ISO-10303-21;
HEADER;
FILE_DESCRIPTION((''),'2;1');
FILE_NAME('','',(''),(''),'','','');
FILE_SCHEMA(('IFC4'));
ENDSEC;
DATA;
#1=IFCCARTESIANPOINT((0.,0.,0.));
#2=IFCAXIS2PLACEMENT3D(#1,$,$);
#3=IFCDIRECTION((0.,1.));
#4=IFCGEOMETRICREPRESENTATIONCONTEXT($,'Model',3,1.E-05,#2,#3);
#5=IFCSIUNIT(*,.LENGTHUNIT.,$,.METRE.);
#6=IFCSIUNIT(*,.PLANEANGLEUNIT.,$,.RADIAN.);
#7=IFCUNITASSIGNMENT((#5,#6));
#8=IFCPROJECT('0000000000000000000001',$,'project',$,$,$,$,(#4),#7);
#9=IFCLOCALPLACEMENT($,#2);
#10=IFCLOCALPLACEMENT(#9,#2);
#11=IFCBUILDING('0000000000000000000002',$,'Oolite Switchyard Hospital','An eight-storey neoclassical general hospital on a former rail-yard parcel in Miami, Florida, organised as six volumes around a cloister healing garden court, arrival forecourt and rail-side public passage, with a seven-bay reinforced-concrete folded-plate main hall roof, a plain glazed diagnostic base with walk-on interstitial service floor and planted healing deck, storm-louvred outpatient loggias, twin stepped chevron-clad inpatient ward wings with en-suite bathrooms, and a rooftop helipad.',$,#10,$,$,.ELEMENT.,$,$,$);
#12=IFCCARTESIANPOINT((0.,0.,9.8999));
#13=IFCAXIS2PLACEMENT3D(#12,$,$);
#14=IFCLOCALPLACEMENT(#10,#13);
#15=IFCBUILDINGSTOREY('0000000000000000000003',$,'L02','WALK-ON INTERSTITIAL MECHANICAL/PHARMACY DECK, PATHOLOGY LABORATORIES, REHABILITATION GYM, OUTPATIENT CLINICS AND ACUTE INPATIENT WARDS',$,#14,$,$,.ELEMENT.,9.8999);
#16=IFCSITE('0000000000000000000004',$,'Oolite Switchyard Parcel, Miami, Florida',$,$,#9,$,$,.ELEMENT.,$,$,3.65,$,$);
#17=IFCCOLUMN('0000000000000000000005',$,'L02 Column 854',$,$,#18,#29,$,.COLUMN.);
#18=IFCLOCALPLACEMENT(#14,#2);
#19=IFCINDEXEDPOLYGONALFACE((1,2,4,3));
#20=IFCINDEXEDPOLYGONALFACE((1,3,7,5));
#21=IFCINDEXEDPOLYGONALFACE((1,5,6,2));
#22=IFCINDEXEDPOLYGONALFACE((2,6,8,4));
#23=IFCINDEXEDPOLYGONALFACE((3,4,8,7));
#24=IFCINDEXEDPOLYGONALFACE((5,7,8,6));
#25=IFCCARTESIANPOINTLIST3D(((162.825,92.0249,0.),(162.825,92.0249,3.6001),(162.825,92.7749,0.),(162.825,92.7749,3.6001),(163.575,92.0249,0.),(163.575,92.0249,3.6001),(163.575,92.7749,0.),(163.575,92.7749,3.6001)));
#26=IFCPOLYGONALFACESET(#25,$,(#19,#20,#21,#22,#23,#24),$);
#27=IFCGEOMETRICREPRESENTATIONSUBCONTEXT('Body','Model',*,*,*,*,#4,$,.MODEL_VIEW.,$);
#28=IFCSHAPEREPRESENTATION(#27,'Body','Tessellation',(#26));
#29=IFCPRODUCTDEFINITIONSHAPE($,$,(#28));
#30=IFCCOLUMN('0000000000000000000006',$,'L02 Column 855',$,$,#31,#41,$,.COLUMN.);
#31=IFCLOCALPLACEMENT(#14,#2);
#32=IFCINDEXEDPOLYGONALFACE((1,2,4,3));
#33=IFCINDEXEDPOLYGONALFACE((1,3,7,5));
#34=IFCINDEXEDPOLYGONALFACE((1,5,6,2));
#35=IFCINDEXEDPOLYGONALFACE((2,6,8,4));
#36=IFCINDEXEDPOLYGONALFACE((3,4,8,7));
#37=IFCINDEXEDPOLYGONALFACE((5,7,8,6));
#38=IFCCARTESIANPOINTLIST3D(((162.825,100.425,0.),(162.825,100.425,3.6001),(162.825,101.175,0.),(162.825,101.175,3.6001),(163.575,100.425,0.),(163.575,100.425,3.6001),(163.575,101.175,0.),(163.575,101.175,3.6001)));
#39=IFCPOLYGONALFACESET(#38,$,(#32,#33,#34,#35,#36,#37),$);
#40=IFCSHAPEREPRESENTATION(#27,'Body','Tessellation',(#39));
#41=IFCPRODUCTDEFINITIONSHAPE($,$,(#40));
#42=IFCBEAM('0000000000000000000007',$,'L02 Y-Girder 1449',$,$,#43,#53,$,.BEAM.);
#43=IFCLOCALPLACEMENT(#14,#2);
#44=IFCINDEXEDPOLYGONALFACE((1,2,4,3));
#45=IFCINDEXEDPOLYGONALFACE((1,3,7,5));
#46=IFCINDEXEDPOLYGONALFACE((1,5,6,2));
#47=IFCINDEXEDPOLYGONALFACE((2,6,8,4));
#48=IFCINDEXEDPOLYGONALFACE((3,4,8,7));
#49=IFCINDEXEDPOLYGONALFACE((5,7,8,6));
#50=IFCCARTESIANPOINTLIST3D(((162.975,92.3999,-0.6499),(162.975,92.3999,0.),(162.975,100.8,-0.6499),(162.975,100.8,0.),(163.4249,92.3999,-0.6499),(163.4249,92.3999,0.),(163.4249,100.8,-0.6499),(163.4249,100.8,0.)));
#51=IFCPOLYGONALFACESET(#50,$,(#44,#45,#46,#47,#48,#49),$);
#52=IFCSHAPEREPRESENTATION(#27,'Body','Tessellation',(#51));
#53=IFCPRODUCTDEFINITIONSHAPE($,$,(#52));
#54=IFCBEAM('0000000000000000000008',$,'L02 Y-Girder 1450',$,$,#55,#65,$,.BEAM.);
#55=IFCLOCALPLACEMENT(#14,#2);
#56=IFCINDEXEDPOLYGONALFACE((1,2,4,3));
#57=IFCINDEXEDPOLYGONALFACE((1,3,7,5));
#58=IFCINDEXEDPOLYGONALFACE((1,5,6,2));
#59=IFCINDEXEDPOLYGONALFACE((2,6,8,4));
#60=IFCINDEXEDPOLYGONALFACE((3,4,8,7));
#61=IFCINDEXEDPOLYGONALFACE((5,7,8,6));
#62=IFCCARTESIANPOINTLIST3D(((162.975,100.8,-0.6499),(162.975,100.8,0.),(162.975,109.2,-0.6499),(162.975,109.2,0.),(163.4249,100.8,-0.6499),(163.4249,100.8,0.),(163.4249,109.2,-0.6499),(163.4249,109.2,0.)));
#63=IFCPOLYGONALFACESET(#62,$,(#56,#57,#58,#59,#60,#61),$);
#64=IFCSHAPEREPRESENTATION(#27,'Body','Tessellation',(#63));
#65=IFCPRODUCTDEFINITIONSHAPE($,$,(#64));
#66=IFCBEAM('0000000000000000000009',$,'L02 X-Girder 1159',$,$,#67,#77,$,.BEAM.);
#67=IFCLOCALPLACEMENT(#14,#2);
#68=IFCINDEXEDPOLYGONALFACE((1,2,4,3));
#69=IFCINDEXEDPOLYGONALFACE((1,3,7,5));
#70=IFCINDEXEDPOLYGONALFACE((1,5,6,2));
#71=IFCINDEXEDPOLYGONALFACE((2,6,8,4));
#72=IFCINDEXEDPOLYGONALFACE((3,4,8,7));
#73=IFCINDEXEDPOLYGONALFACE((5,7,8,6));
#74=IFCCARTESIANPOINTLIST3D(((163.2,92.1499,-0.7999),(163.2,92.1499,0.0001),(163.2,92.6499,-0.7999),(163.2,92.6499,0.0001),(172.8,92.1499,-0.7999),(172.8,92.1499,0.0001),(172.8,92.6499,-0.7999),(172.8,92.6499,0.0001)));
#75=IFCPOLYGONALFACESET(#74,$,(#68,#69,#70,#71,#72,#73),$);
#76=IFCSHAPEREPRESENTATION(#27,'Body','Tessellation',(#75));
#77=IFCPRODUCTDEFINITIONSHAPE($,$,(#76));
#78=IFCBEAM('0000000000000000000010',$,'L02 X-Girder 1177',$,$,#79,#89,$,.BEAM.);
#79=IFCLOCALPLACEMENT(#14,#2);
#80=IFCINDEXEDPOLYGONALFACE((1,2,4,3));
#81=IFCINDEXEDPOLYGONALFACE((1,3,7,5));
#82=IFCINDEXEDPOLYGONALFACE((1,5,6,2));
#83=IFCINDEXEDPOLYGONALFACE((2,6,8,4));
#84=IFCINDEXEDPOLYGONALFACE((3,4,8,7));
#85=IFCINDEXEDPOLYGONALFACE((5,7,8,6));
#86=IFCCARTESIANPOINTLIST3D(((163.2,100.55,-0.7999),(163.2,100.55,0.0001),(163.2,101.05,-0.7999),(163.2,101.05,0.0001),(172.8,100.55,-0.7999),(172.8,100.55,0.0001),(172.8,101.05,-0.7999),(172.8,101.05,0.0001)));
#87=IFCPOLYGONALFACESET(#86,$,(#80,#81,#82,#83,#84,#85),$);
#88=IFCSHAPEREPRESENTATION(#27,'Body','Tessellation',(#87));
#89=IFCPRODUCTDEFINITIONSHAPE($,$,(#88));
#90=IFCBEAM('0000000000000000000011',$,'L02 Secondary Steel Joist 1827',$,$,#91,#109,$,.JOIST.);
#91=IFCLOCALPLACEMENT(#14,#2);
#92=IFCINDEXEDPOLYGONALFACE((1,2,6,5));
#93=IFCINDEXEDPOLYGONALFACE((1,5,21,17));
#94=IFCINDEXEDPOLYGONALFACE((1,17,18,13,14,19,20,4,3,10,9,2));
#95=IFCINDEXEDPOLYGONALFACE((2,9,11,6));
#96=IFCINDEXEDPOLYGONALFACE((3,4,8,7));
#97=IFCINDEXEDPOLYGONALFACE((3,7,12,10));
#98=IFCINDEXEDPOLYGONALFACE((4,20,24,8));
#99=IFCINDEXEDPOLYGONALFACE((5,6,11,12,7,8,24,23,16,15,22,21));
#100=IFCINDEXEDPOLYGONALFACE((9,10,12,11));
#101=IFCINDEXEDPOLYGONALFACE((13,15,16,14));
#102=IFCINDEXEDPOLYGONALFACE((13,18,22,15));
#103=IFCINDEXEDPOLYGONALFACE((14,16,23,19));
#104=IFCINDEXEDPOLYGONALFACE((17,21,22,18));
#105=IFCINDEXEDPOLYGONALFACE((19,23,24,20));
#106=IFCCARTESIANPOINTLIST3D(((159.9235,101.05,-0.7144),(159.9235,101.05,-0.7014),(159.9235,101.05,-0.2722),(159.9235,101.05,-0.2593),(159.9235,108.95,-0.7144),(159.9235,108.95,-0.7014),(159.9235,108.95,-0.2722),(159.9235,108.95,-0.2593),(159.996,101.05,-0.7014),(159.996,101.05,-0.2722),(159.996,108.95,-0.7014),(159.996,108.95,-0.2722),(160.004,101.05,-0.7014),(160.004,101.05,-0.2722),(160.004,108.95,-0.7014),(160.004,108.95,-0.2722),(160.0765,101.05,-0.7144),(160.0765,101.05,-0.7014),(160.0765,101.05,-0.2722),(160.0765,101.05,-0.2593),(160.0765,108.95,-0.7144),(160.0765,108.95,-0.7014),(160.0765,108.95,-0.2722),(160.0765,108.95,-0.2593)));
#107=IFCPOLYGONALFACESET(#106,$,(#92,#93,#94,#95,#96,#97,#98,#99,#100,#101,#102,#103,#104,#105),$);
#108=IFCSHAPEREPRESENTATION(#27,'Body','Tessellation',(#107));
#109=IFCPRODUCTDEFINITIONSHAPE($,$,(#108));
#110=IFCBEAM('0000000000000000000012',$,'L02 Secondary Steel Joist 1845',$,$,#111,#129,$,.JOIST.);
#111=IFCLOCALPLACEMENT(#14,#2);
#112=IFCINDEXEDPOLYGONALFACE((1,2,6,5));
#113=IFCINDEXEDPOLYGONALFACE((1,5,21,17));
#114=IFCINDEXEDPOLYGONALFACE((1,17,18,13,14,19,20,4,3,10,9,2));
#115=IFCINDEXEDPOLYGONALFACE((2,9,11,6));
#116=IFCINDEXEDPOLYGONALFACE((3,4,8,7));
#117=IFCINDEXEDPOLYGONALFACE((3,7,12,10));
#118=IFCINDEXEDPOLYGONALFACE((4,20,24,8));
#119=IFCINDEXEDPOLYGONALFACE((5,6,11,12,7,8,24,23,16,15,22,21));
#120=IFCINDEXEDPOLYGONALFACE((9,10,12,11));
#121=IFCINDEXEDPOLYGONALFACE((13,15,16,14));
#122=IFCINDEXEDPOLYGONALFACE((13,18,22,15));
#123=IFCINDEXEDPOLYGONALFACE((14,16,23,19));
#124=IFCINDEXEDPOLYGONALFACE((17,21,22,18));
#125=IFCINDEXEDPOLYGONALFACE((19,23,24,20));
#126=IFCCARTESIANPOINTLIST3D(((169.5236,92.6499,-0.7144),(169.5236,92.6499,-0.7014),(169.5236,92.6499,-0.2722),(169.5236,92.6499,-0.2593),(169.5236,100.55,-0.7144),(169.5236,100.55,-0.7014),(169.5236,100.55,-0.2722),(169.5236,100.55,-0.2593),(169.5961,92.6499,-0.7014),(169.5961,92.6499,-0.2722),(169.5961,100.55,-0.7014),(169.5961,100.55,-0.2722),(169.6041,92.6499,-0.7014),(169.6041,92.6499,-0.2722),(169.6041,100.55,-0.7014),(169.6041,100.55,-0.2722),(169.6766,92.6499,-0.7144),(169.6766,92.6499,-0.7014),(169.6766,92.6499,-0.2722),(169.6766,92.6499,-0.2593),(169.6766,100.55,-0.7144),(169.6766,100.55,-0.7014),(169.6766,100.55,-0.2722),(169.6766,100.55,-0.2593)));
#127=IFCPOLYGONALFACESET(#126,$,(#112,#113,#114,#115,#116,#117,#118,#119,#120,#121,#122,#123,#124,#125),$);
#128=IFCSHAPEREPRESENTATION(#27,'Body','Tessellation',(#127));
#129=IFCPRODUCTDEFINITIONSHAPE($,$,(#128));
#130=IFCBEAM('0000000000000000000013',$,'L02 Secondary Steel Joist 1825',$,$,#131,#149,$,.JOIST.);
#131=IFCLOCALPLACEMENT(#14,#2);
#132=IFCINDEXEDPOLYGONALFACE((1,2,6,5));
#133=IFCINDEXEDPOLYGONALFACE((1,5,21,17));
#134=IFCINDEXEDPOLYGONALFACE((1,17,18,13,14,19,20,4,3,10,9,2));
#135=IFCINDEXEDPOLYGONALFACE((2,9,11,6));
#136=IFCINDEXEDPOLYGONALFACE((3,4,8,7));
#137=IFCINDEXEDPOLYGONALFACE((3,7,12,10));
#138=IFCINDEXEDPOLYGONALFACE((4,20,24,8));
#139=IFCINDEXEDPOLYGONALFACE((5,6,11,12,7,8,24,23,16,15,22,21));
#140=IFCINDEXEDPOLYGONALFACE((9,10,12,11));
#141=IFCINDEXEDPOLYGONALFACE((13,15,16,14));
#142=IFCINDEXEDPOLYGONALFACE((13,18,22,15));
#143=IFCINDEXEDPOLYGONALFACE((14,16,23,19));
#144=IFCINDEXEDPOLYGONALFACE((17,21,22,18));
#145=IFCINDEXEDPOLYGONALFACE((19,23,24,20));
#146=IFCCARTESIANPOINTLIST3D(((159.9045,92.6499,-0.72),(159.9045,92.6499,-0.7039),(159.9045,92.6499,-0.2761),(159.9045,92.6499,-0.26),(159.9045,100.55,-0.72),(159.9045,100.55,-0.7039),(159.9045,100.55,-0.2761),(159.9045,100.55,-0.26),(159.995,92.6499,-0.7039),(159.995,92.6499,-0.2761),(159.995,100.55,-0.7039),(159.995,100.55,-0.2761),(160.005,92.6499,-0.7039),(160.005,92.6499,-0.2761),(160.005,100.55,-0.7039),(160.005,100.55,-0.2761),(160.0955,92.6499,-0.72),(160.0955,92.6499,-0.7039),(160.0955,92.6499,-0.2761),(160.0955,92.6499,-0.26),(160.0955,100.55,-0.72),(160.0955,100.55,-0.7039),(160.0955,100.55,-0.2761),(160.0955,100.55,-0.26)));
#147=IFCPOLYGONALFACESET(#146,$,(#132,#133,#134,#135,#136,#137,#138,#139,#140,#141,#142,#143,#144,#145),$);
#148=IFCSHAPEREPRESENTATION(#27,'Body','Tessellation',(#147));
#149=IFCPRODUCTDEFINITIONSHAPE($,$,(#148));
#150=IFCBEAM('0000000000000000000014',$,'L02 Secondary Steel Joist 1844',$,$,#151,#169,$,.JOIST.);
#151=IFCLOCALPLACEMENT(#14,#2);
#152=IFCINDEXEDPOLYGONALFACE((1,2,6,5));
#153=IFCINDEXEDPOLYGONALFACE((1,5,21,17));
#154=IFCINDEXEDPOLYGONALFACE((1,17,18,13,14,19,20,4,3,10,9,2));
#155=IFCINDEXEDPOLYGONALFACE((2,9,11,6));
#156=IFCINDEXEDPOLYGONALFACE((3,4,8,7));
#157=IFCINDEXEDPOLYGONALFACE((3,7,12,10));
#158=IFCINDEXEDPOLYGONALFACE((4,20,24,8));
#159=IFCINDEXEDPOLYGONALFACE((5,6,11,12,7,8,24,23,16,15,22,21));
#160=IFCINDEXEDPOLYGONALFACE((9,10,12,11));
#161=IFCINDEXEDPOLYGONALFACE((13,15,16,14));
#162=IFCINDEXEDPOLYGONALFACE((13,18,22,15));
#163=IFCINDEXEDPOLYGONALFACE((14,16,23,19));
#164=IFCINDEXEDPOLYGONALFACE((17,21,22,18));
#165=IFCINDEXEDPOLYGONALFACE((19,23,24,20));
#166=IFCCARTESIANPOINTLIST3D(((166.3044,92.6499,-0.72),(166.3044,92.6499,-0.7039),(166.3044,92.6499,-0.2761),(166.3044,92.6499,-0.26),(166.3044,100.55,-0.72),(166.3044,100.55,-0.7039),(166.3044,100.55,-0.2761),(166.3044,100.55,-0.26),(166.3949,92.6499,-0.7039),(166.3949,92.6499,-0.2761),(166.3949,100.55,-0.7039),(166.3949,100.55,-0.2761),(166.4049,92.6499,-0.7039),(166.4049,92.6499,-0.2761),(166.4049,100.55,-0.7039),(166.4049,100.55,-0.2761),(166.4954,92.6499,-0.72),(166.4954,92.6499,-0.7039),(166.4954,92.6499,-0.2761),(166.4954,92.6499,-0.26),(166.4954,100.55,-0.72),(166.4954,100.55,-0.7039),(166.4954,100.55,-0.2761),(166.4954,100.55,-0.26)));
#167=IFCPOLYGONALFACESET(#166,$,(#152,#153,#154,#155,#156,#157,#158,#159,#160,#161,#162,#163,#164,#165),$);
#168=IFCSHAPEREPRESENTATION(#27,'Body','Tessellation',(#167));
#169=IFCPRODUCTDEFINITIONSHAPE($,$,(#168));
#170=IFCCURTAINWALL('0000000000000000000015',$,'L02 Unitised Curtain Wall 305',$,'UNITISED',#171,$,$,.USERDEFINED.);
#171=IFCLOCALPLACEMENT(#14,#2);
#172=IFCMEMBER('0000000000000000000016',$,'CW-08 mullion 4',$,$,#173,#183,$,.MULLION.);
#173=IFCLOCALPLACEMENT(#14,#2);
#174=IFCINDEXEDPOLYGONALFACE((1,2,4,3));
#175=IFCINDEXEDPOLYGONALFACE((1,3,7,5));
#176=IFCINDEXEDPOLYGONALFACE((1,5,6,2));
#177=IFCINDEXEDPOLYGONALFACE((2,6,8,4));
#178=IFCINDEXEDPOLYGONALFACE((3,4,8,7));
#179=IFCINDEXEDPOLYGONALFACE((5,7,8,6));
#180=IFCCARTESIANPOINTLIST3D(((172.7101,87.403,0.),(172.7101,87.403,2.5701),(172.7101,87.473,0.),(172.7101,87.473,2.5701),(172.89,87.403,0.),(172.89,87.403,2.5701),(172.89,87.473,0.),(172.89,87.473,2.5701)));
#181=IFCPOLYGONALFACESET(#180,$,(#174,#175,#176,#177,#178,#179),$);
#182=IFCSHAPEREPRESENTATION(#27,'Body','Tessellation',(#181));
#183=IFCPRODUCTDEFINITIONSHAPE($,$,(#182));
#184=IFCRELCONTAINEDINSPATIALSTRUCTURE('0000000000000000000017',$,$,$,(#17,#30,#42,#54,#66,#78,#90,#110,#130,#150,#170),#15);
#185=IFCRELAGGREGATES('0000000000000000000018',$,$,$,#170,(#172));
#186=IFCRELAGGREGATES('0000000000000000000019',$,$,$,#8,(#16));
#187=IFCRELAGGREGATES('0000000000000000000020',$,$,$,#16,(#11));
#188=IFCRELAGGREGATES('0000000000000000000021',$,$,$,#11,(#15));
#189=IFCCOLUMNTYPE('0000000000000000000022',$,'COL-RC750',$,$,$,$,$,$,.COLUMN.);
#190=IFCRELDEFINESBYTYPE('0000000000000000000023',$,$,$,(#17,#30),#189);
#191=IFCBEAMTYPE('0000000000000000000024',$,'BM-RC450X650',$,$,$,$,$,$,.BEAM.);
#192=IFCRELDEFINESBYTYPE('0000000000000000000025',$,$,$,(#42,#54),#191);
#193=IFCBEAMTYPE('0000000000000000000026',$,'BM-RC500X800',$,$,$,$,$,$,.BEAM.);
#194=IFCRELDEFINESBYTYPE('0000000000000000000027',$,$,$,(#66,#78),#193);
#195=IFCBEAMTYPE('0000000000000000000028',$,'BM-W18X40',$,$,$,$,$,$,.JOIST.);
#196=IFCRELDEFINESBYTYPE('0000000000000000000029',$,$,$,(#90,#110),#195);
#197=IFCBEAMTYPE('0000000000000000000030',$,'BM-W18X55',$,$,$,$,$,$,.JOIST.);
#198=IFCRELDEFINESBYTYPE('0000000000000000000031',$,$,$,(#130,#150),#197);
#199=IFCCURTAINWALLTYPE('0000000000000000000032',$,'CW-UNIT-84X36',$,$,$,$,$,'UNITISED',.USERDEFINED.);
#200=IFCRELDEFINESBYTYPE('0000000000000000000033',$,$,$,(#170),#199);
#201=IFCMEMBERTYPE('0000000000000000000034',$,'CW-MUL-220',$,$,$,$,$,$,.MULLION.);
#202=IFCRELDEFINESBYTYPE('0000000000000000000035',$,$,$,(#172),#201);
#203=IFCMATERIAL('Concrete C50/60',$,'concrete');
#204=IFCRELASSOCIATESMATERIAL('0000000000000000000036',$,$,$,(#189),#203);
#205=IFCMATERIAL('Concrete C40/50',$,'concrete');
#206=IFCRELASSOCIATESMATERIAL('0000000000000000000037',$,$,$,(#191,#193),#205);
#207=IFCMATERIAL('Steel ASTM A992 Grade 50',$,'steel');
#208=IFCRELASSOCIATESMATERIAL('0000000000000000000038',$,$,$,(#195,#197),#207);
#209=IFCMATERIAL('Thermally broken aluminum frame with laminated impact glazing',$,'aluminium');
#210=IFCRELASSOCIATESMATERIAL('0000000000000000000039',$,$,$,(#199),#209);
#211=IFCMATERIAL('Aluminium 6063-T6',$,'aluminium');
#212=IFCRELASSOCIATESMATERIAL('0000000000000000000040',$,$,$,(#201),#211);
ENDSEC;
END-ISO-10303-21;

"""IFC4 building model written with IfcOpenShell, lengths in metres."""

from ifc_helpers import new_model, si_unit, direction, frame, origin, origin_2d, place, context, subcontext, project, spatial, rectangle, i_section, extrude, material, material_profile, profile_set, type_object, element, aggregate, save


model = new_model("IFC4")

# Units and contexts
model_context = context("Model", 3, precision=1e-05, world=origin(), true_north=direction((0.0, 1.0)))
body_context = subcontext(model_context, "Body", "Model", "MODEL_VIEW")
ifc_project = project(units=[si_unit("LENGTHUNIT", "METRE"), si_unit("PLANEANGLEUNIT", "RADIAN")], contexts=[model_context])

# Site, building, storey
site_placement = place(None, origin())
site = spatial("IfcSite", under=ifc_project, at=site_placement, Name="Oolite Switchyard Parcel, Miami, Florida", CompositionType="ELEMENT", RefElevation=3.65)
building_placement = place(site_placement, origin())
building = spatial("IfcBuilding", under=site, at=building_placement, Name="Oolite Switchyard Hospital", Description="An eight-storey neoclassical general hospital on a former rail-yard parcel in Miami, Florida, organised as six volumes around a cloister healing garden court, arrival forecourt and rail-side public passage, with a seven-bay reinforced-concrete folded-plate main hall roof, a plain glazed diagnostic base with walk-on interstitial service floor and planted healing deck, storm-louvred outpatient loggias, twin stepped chevron-clad inpatient ward wings with en-suite bathrooms, and a rooftop helipad.", CompositionType="ELEMENT")
storey_placement = place(building_placement, frame((0.0, 0.0, 9.8999)))
storey = spatial("IfcBuildingStorey", under=building, at=storey_placement, Name="L02", Description="WALK-ON INTERSTITIAL MECHANICAL/PHARMACY DECK, PATHOLOGY LABORATORIES, REHABILITATION GYM, OUTPATIENT CLINICS AND ACUTE INPATIENT WARDS", CompositionType="ELEMENT", Elevation=9.8999)

# Columns
ifc_material_1 = material(Name="Concrete C50/60", Category="concrete")
ifc_material_profile_1 = material_profile(ifc_material_1, rectangle(XDim=0.75, YDim=0.75, at=origin_2d()), Name="RC750X750")
ifc_profile_set_1 = profile_set([ifc_material_profile_1], Name="Concrete C50/60")
column_type = type_object("IfcColumnType", Name="COL-RC750", PredefinedType="COLUMN", material=ifc_profile_set_1)
for number, where, z_axis, x_axis, name in (
    (1, (163.2, 92.3999, 0.0), (0.0, 0.0, 1.0), (1.0, 0.0, 0.0), "L02 Column 854"),
    (2, (163.2, 100.8, 0.0), (0.0, 0.0, 1.0), (1.0, 0.0, 0.0), "L02 Column 855"),
):
    element("IfcColumn", number, at=place(storey_placement, frame(where, z_axis=z_axis, x_axis=x_axis)), inside=storey, type_object=column_type, Name=name, PredefinedType="COLUMN", context=body_context, shape_type="SweptSolid", body=[
        extrude(rectangle(XDim=0.75, YDim=0.75, at=origin_2d()), origin(), (0.0, 0.0, 1.0), 3.6001),
    ])

# Beams
ifc_material_2 = material(Name="Concrete C40/50", Category="concrete")
ifc_material_profile_2 = material_profile(ifc_material_2, rectangle(XDim=0.45, YDim=0.6499, at=origin_2d()), Name="RCB450X650")
ifc_profile_set_2 = profile_set([ifc_material_profile_2], Name="Concrete C40/50")
beam_type_1 = type_object("IfcBeamType", Name="BM-RC450X650", PredefinedType="BEAM", material=ifc_profile_set_2)
beam_1_placement = place(storey_placement, frame((163.2, 92.3999, -0.325), z_axis=(0.0, 1.0, 0.0), x_axis=(-1.0, 0.0, 0.0)))
element("IfcBeam", 3, at=beam_1_placement, inside=storey, type_object=beam_type_1, Name="L02 Y-Girder 1449", PredefinedType="BEAM", context=body_context, shape_type="SweptSolid", body=[
    extrude(rectangle(XDim=0.45, YDim=0.6499, at=origin_2d()), origin(), (0.0, 0.0, 1.0), 8.4001),
])
beam_2_placement = place(storey_placement, frame((163.2, 100.8, -0.325), z_axis=(0.0, 1.0, 0.0), x_axis=(-1.0, 0.0, 0.0)))
element("IfcBeam", 4, at=beam_2_placement, inside=storey, type_object=beam_type_1, Name="L02 Y-Girder 1450", PredefinedType="BEAM", context=body_context, shape_type="SweptSolid", body=[
    extrude(rectangle(XDim=0.45, YDim=0.6499, at=origin_2d()), origin(), (0.0, 0.0, 1.0), 8.3999),
])
ifc_material_profile_3 = material_profile(ifc_material_2, rectangle(XDim=0.5, YDim=0.8, at=origin_2d()), Name="RCB500X800")
ifc_profile_set_3 = profile_set([ifc_material_profile_3], Name="Concrete C40/50")
beam_type_2 = type_object("IfcBeamType", Name="BM-RC500X800", PredefinedType="BEAM", material=ifc_profile_set_3)
for number, where, z_axis, x_axis, name in (
    (5, (163.2, 92.3999, -0.3999), (1.0, 0.0, 0.0), (0.0, 1.0, 0.0), "L02 X-Girder 1159"),
    (6, (163.2, 100.8, -0.3999), (1.0, 0.0, 0.0), (0.0, 1.0, 0.0), "L02 X-Girder 1177"),
):
    element("IfcBeam", number, at=place(storey_placement, frame(where, z_axis=z_axis, x_axis=x_axis)), inside=storey, type_object=beam_type_2, Name=name, PredefinedType="BEAM", context=body_context, shape_type="SweptSolid", body=[
        extrude(rectangle(XDim=0.5, YDim=0.8, at=origin_2d()), origin(), (0.0, 0.0, 1.0), 9.6001),
    ])
ifc_material_3 = material(Name="Steel ASTM A992 Grade 50", Category="steel")
ifc_material_profile_4 = material_profile(ifc_material_3, i_section(OverallWidth=0.1531, OverallDepth=0.4551, WebThickness=0.0081, FlangeThickness=0.0129, at=origin_2d()), Name="W18X40")
ifc_profile_set_4 = profile_set([ifc_material_profile_4], Name="Steel ASTM A992 Grade 50")
beam_type_3 = type_object("IfcBeamType", Name="BM-W18X40", PredefinedType="JOIST", material=ifc_profile_set_4)
beam_3_placement = place(storey_placement, frame((160.0, 101.05, -0.4868), z_axis=(0.0, 1.0, 0.0), x_axis=(-1.0, 0.0, 0.0)))
element("IfcBeam", 7, at=beam_3_placement, inside=storey, type_object=beam_type_3, Name="L02 Secondary Steel Joist 1827", PredefinedType="JOIST", context=body_context, shape_type="SweptSolid", body=[
    extrude(i_section(OverallWidth=0.1531, OverallDepth=0.4551, WebThickness=0.0081, FlangeThickness=0.0129, at=origin_2d()), origin(), (0.0, 0.0, 1.0), 7.8999),
])
beam_4_placement = place(storey_placement, frame((169.6001, 92.6499, -0.4868), z_axis=(0.0, 1.0, 0.0), x_axis=(-1.0, 0.0, 0.0)))
element("IfcBeam", 8, at=beam_4_placement, inside=storey, type_object=beam_type_3, Name="L02 Secondary Steel Joist 1845", PredefinedType="JOIST", context=body_context, shape_type="SweptSolid", body=[
    extrude(i_section(OverallWidth=0.1531, OverallDepth=0.4551, WebThickness=0.0081, FlangeThickness=0.0129, at=origin_2d()), origin(), (0.0, 0.0, 1.0), 7.9001),
])
ifc_material_profile_5 = material_profile(ifc_material_3, i_section(OverallWidth=0.1909, OverallDepth=0.46, WebThickness=0.01, FlangeThickness=0.0161, at=origin_2d()), Name="W18X55")
ifc_profile_set_5 = profile_set([ifc_material_profile_5], Name="Steel ASTM A992 Grade 50")
beam_type_4 = type_object("IfcBeamType", Name="BM-W18X55", PredefinedType="JOIST", material=ifc_profile_set_5)
for number, where, z_axis, x_axis, name in (
    (9, (160.0, 92.6499, -0.49), (0.0, 1.0, 0.0), (-1.0, 0.0, 0.0), "L02 Secondary Steel Joist 1825"),
    (10, (166.3999, 92.6499, -0.49), (0.0, 1.0, 0.0), (-1.0, 0.0, 0.0), "L02 Secondary Steel Joist 1844"),
):
    element("IfcBeam", number, at=place(storey_placement, frame(where, z_axis=z_axis, x_axis=x_axis)), inside=storey, type_object=beam_type_4, Name=name, PredefinedType="JOIST", context=body_context, shape_type="SweptSolid", body=[
        extrude(i_section(OverallWidth=0.1909, OverallDepth=0.46, WebThickness=0.01, FlangeThickness=0.0161, at=origin_2d()), origin(), (0.0, 0.0, 1.0), 7.9001),
    ])

# Curtain wall, member
ifc_material_4 = material(Name="Thermally broken aluminum frame with laminated impact glazing", Category="aluminium")
curtain_wall_type = type_object("IfcCurtainWallType", Name="CW-UNIT-84X36", ElementType="UNITISED", PredefinedType="USERDEFINED", material=ifc_material_4)
curtain_wall_placement = place(storey_placement, origin())
curtain_wall = element("IfcCurtainWall", 11, at=curtain_wall_placement, inside=storey, type_object=curtain_wall_type, Name="L02 Unitised Curtain Wall 305", ObjectType="UNITISED", PredefinedType="USERDEFINED")
ifc_material_5 = material(Name="Aluminium 6063-T6", Category="aluminium")
ifc_material_profile_6 = material_profile(ifc_material_5, rectangle(XDim=0.1799, YDim=0.0701, at=origin_2d()), Name="CWM70X180")
ifc_profile_set_6 = profile_set([ifc_material_profile_6], Name="Aluminium 6063-T6")
member_type_1 = type_object("IfcMemberType", Name="CW-MUL-220", PredefinedType="MULLION", material=ifc_profile_set_6)
member_1_placement = place(storey_placement, frame((172.8, 87.438, 0.0), z_axis=(0.0, 0.0, 1.0), x_axis=(1.0, 0.0, 0.0)))
member_1 = element("IfcMember", 12, at=member_1_placement, type_object=member_type_1, Name="CW-08 mullion 4", PredefinedType="MULLION", context=body_context, shape_type="SweptSolid", body=[
    extrude(rectangle(XDim=0.1799, YDim=0.0701, at=origin_2d()), origin(), (0.0, 0.0, 1.0), 2.5701),
])
aggregate(curtain_wall, [member_1])

save(model, "model.ifc")
